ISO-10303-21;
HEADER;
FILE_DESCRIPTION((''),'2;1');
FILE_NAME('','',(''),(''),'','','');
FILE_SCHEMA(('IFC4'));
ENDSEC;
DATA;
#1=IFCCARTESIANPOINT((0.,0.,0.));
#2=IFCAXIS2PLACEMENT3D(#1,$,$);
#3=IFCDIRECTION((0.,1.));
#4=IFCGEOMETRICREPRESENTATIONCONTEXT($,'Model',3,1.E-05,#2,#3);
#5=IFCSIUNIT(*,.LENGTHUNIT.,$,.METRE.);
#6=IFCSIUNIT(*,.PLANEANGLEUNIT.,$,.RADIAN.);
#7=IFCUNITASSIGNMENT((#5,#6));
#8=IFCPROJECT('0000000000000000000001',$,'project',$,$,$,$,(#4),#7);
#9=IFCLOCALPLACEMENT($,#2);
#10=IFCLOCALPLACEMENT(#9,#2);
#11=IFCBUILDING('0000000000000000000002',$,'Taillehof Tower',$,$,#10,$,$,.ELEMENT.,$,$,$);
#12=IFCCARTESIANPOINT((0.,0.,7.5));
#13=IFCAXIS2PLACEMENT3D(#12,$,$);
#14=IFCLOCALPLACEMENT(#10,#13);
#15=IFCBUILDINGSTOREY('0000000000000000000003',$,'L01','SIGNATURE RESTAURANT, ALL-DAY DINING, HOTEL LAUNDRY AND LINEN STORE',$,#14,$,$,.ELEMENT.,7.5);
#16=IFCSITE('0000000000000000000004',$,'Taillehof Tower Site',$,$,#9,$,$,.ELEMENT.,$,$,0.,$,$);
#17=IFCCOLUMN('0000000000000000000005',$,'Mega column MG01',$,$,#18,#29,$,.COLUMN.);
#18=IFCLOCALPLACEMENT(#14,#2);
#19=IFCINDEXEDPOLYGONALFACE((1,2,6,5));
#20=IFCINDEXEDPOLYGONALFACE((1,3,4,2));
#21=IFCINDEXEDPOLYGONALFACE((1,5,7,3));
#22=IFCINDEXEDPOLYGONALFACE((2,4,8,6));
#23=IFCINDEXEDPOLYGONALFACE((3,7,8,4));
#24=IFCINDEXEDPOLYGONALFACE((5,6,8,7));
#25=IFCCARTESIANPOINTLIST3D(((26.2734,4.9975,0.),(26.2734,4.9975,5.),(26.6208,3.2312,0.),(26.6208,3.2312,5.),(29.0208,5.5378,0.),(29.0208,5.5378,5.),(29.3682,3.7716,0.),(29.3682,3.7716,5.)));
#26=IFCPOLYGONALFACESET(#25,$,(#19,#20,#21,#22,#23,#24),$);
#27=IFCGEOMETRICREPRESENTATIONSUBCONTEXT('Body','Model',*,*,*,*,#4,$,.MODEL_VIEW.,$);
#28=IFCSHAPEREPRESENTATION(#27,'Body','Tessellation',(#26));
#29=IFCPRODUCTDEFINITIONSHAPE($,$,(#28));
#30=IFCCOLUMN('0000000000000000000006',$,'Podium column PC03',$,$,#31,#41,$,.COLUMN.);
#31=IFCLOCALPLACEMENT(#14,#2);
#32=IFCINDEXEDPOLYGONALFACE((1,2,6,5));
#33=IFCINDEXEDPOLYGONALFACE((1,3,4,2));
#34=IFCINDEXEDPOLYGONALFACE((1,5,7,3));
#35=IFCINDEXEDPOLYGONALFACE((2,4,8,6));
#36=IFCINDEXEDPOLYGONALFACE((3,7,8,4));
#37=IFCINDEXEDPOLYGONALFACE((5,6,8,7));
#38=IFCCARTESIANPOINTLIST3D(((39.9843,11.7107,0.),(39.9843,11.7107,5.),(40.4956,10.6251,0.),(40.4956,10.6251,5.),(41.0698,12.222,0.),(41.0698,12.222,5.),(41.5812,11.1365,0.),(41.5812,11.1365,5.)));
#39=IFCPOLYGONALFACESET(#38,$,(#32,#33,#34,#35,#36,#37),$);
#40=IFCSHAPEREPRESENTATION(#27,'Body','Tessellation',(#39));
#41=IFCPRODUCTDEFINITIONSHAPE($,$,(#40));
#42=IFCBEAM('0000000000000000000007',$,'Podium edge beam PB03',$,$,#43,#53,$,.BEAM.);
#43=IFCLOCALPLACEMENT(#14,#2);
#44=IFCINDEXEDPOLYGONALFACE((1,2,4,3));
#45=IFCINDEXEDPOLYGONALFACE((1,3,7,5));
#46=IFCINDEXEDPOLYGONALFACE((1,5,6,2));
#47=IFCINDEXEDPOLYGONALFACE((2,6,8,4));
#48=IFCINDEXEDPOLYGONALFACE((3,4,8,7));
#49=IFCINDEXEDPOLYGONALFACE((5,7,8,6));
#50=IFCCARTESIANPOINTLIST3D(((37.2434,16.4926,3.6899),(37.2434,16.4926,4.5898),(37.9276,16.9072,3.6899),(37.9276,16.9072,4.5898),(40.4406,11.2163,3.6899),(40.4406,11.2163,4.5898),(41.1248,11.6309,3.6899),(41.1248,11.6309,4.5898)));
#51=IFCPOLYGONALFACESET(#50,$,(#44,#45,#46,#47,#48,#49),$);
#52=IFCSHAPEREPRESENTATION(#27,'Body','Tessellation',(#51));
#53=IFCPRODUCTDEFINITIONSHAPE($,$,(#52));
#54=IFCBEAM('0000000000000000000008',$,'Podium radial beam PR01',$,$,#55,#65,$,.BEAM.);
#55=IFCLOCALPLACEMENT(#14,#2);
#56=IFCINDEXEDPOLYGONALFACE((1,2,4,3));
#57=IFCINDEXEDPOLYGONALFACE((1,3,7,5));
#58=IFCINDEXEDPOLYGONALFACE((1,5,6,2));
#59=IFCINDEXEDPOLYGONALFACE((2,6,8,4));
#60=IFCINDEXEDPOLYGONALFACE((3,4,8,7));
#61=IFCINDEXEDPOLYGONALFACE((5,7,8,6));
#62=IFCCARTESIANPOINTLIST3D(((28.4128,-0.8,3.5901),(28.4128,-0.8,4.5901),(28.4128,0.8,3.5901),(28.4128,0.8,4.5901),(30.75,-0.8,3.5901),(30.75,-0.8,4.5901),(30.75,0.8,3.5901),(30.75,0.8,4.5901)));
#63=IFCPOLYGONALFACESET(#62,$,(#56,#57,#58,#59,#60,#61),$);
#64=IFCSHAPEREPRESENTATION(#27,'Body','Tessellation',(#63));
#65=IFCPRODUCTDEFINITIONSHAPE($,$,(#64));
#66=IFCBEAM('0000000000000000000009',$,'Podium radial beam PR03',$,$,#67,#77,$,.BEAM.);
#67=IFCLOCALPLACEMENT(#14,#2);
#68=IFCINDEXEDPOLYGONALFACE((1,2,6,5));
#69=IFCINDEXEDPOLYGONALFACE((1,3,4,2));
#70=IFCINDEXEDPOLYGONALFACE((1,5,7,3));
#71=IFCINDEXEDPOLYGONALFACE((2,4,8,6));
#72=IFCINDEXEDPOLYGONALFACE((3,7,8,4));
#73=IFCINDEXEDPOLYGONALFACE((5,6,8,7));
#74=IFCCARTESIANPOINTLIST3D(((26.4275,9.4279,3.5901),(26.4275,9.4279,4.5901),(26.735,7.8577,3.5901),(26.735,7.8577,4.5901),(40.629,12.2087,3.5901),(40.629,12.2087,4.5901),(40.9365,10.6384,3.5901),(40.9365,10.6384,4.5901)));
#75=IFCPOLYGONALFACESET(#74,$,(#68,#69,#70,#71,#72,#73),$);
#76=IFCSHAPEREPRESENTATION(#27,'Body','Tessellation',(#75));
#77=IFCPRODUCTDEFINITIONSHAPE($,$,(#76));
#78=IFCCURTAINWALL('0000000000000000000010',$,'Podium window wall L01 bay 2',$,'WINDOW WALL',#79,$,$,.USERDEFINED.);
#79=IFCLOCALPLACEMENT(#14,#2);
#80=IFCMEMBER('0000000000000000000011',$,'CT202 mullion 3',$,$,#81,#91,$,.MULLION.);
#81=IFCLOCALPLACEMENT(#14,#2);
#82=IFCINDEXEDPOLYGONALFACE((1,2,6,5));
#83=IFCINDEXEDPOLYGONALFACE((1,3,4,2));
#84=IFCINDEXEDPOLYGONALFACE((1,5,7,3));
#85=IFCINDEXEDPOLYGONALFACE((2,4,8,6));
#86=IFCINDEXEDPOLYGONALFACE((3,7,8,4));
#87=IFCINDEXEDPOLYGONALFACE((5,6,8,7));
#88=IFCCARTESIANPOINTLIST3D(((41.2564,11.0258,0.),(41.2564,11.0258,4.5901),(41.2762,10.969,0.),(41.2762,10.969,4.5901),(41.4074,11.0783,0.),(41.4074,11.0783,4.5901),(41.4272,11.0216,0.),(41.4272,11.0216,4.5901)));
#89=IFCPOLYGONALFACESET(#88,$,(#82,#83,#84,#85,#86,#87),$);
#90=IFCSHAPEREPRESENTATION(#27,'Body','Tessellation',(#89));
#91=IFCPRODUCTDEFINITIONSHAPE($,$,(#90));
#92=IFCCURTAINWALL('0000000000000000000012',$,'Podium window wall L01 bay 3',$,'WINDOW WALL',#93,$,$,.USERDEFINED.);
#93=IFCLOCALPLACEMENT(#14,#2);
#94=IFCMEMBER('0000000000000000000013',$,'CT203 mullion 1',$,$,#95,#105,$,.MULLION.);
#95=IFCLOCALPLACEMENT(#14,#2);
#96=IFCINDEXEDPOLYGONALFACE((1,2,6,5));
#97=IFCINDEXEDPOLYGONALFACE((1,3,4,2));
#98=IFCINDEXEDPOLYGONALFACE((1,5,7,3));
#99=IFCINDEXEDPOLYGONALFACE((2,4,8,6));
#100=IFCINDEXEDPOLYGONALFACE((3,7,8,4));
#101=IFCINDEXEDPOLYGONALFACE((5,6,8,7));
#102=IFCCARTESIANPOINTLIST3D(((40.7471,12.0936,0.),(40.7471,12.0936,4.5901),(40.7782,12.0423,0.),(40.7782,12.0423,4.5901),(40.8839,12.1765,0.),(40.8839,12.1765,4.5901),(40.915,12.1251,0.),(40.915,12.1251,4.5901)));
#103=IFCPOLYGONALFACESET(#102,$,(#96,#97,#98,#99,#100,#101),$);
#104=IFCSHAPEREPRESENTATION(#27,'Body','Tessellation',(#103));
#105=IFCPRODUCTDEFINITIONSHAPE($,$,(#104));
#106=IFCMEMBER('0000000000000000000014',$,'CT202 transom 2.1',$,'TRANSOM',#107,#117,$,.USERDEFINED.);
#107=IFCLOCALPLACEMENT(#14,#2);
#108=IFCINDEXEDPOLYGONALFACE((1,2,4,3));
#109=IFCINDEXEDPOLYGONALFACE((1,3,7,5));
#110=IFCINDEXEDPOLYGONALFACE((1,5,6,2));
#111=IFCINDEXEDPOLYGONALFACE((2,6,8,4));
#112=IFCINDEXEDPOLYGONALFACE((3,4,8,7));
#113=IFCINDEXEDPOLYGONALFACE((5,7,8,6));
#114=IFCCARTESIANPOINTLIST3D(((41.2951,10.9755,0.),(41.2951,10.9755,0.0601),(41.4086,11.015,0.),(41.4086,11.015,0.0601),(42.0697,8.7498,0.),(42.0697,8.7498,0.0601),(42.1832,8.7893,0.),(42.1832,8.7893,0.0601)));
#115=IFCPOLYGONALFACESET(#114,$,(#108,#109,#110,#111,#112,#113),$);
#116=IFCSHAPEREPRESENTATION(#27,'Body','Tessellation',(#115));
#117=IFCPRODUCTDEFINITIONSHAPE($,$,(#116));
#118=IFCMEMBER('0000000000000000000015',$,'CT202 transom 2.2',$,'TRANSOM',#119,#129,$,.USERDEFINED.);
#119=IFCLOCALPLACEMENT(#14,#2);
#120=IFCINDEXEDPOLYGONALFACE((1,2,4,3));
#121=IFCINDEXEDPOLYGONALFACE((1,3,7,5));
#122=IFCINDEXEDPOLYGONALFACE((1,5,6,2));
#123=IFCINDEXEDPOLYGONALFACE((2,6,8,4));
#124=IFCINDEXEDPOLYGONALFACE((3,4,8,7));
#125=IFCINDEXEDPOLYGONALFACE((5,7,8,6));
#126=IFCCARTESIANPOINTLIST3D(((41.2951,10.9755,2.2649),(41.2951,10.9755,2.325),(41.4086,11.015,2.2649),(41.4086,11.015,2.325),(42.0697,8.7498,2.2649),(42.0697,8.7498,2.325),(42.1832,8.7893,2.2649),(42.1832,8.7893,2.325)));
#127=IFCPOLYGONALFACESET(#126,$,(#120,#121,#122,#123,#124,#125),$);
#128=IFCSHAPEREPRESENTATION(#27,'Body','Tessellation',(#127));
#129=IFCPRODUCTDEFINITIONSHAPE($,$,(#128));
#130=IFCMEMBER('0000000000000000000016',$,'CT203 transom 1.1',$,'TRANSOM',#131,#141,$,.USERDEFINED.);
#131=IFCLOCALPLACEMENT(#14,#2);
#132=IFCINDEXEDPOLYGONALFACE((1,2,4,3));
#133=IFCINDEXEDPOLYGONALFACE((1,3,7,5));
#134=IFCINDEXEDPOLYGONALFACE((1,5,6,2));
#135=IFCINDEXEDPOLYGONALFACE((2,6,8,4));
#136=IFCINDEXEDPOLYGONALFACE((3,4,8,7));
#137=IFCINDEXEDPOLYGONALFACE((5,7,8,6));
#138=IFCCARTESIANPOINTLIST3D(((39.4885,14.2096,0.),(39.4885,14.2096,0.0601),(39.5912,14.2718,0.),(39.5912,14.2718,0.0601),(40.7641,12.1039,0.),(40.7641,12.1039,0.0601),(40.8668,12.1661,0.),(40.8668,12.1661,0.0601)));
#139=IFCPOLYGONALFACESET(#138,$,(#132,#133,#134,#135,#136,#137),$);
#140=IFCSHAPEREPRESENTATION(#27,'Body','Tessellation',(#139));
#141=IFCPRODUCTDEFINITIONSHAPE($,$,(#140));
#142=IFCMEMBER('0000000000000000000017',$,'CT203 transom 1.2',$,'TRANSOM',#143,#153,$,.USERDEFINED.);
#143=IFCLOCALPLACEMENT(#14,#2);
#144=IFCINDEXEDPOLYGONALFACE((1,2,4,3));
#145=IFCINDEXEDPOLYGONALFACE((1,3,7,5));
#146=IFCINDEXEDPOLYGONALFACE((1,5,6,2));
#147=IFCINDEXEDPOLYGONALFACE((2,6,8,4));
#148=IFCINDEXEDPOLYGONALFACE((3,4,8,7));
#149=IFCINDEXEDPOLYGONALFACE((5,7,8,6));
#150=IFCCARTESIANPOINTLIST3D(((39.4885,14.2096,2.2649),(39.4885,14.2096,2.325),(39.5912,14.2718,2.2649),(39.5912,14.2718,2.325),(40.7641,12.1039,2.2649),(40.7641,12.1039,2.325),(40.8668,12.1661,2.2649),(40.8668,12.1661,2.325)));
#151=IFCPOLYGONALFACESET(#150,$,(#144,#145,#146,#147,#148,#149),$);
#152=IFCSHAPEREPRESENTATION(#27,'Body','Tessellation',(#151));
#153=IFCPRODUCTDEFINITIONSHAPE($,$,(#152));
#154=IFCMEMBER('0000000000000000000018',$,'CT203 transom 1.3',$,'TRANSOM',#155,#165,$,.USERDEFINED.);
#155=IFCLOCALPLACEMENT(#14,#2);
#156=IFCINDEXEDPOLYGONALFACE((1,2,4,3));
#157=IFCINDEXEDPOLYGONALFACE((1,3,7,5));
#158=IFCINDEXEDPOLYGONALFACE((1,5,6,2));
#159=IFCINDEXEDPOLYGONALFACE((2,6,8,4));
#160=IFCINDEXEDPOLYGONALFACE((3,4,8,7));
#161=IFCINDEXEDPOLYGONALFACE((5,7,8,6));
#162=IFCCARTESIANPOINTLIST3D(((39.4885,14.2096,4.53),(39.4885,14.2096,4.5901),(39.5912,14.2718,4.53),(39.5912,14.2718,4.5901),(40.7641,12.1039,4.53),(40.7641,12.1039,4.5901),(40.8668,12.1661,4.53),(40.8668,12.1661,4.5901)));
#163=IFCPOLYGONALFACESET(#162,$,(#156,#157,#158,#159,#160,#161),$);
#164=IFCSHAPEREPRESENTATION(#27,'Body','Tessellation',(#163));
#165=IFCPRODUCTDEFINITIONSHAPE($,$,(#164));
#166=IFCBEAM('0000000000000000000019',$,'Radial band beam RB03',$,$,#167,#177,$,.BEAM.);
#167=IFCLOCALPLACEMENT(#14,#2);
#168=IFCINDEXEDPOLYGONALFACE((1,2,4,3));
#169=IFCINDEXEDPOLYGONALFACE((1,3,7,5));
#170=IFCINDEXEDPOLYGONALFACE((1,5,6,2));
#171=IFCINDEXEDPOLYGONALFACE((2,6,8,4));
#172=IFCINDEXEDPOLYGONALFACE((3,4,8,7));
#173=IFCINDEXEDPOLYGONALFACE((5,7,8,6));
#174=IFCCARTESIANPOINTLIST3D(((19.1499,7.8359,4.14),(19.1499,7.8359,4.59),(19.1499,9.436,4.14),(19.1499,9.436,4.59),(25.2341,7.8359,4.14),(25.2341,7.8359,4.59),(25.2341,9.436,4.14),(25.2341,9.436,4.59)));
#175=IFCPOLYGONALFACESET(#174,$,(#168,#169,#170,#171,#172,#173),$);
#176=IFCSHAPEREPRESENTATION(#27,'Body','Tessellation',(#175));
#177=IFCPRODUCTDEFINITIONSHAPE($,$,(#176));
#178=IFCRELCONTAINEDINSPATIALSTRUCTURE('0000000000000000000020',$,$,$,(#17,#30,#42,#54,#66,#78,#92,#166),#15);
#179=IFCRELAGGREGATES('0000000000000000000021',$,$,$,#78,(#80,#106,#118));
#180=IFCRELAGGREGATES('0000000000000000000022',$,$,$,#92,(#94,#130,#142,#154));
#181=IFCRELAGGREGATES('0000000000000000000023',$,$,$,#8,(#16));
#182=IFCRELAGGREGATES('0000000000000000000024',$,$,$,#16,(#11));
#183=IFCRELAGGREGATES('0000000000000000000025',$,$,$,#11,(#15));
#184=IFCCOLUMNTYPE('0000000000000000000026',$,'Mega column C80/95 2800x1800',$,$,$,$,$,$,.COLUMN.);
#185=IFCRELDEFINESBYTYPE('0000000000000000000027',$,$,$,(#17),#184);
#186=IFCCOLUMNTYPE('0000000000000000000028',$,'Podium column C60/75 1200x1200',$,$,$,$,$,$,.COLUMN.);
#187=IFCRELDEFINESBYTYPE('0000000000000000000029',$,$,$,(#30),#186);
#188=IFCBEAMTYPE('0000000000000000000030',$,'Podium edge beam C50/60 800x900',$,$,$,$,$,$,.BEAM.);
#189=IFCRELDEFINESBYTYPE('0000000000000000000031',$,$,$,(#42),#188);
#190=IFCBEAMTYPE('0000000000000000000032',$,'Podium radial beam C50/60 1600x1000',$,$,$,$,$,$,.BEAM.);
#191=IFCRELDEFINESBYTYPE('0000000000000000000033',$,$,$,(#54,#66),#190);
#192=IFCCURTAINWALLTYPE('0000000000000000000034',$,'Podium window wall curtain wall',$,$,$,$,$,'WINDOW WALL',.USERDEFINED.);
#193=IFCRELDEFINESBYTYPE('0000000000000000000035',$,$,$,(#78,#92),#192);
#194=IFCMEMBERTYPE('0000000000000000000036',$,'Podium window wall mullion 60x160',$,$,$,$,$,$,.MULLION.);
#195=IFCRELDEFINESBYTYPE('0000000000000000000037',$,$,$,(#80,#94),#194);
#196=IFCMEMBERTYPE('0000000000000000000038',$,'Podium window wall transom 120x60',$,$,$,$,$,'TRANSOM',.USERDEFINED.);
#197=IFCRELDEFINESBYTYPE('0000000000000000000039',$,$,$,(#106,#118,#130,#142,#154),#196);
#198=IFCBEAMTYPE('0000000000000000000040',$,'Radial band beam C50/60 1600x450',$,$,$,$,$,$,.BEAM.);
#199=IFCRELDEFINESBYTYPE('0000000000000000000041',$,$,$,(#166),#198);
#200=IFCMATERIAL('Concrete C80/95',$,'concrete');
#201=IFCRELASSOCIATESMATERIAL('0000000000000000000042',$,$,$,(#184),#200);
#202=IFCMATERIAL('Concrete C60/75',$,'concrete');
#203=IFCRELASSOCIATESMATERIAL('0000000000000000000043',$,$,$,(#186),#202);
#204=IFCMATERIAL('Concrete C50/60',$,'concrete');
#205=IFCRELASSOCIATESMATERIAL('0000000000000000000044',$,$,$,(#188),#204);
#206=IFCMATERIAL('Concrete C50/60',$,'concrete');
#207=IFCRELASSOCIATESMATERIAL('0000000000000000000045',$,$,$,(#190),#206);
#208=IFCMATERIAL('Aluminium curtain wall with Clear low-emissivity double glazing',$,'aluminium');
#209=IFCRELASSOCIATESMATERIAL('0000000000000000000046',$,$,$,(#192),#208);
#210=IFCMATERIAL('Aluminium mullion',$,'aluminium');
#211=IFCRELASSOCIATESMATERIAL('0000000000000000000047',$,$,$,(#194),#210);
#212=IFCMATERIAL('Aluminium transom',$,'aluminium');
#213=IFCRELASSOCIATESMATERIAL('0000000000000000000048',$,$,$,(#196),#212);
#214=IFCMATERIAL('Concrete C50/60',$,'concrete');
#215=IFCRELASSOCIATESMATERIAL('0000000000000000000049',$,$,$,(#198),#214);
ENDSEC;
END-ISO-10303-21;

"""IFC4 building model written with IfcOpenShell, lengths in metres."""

from ifc_helpers import new_model, si_unit, direction, frame, origin, origin_2d, place, context, subcontext, project, spatial, rectangle, extrude, material, material_profile, profile_set, type_object, element, aggregate, save


model = new_model("IFC4")

# Units and contexts
model_context = context("Model", 3, precision=1e-05, world=origin(), true_north=direction((0.0, 1.0)))
body_context = subcontext(model_context, "Body", "Model", "MODEL_VIEW")
ifc_project = project(units=[si_unit("LENGTHUNIT", "METRE"), si_unit("PLANEANGLEUNIT", "RADIAN")], contexts=[model_context])

# Site, building, storey
site_placement = place(None, origin())
site = spatial("IfcSite", under=ifc_project, at=site_placement, Name="Taillehof Tower Site", CompositionType="ELEMENT", RefElevation=0.0)
building_placement = place(site_placement, origin())
building = spatial("IfcBuilding", under=site, at=building_placement, Name="Taillehof Tower", CompositionType="ELEMENT")
storey_placement = place(building_placement, frame((0.0, 0.0, 7.5)))
storey = spatial("IfcBuildingStorey", under=building, at=storey_placement, Name="L01", Description="SIGNATURE RESTAURANT, ALL-DAY DINING, HOTEL LAUNDRY AND LINEN STORE", CompositionType="ELEMENT", Elevation=7.5)

# Columns
ifc_material_1 = material(Name="Concrete C80/95", Category="concrete")
ifc_material_profile_1 = material_profile(ifc_material_1, rectangle(XDim=2.8, YDim=1.8, at=origin_2d()), Name="RC 2800x1800")
ifc_profile_set_1 = profile_set([ifc_material_profile_1], Name="Concrete C80/95")
column_type_1 = type_object("IfcColumnType", Name="Mega column C80/95 2800x1800", PredefinedType="COLUMN", material=ifc_profile_set_1)
column_1_placement = place(storey_placement, frame((27.8208, 4.3845, 0.0), z_axis=(0.0, 0.0, 1.0), x_axis=(0.981204, 0.192976, 0.0)))
element("IfcColumn", 1, at=column_1_placement, inside=storey, type_object=column_type_1, Name="Mega column MG01", PredefinedType="COLUMN", context=body_context, shape_type="SweptSolid", body=[
    extrude(rectangle(XDim=2.8, YDim=1.8, at=origin_2d()), origin(), (0.0, 0.0, 1.0), 5.0),
])
ifc_material_2 = material(Name="Concrete C60/75", Category="concrete")
ifc_material_profile_2 = material_profile(ifc_material_2, rectangle(XDim=1.2, YDim=1.2, at=origin_2d()), Name="RC 1200x1200")
ifc_profile_set_2 = profile_set([ifc_material_profile_2], Name="Concrete C60/75")
column_type_2 = type_object("IfcColumnType", Name="Podium column C60/75 1200x1200", PredefinedType="COLUMN", material=ifc_profile_set_2)
column_2_placement = place(storey_placement, frame((40.7827, 11.4236, 0.0), z_axis=(0.0, 0.0, 1.0), x_axis=(0.904668, 0.426117, 0.0)))
element("IfcColumn", 2, at=column_2_placement, inside=storey, type_object=column_type_2, Name="Podium column PC03", PredefinedType="COLUMN", context=body_context, shape_type="SweptSolid", body=[
    extrude(rectangle(XDim=1.2, YDim=1.2, at=origin_2d()), origin(), (0.0, 0.0, 1.0), 5.0),
])

# Beams
ifc_material_3 = material(Name="Concrete C50/60", Category="concrete")
ifc_material_profile_3 = material_profile(ifc_material_3, rectangle(XDim=0.8, YDim=0.8999, at=origin_2d()), Name="RC 800x900")
ifc_profile_set_3 = profile_set([ifc_material_profile_3], Name="Concrete C50/60")
beam_type_1 = type_object("IfcBeamType", Name="Podium edge beam C50/60 800x900", PredefinedType="BEAM", material=ifc_profile_set_3)
beam_1_placement = place(storey_placement, frame((40.7827, 11.4236, 4.1399), z_axis=(-0.518239, 0.855236, 0.0), x_axis=(-0.855236, -0.518239, 0.0)))
element("IfcBeam", 3, at=beam_1_placement, inside=storey, type_object=beam_type_1, Name="Podium edge beam PB03", PredefinedType="BEAM", context=body_context, shape_type="SweptSolid", body=[
    extrude(rectangle(XDim=0.8, YDim=0.8999, at=origin_2d()), origin(), (0.0, 0.0, 1.0), 6.1694),
])
ifc_material_4 = material(Name="Concrete C50/60", Category="concrete")
ifc_material_profile_4 = material_profile(ifc_material_4, rectangle(XDim=1.6001, YDim=1.0, at=origin_2d()), Name="RC 1600x1000")
ifc_profile_set_4 = profile_set([ifc_material_profile_4], Name="Concrete C50/60")
beam_type_2 = type_object("IfcBeamType", Name="Podium radial beam C50/60 1600x1000", PredefinedType="BEAM", material=ifc_profile_set_4)
beam_2_placement = place(storey_placement, frame((30.75, 0.0, 4.0901), z_axis=(-1.0, 0.0, 0.0), x_axis=(0.0, -1.0, 0.0)))
element("IfcBeam", 4, at=beam_2_placement, inside=storey, type_object=beam_type_2, Name="Podium radial beam PR01", PredefinedType="BEAM", context=body_context, shape_type="SweptSolid", body=[
    extrude(rectangle(XDim=1.6001, YDim=1.0, at=origin_2d()), origin(), (0.0, 0.0, 1.0), 2.3372),
])
beam_3_placement = place(storey_placement, frame((40.7827, 11.4236, 4.0901), z_axis=(-0.981364, -0.19216, 0.0), x_axis=(0.19216, -0.981364, 0.0)))
element("IfcBeam", 5, at=beam_3_placement, inside=storey, type_object=beam_type_2, Name="Podium radial beam PR03", PredefinedType="BEAM", context=body_context, shape_type="SweptSolid", body=[
    extrude(rectangle(XDim=1.6001, YDim=1.0, at=origin_2d()), origin(), (0.0, 0.0, 1.0), 14.4712),
])

# Curtain walls, members
ifc_material_5 = material(Name="Aluminium curtain wall with Clear low-emissivity double glazing", Category="aluminium")
curtain_wall_type = type_object("IfcCurtainWallType", Name="Podium window wall curtain wall", ElementType="WINDOW WALL", PredefinedType="USERDEFINED", material=ifc_material_5)
curtain_wall_1_placement = place(storey_placement, origin())
curtain_wall_1 = element("IfcCurtainWall", 6, at=curtain_wall_1_placement, inside=storey, type_object=curtain_wall_type, Name="Podium window wall L01 bay 2", ObjectType="WINDOW WALL", PredefinedType="USERDEFINED")
ifc_material_6 = material(Name="Aluminium mullion", Category="aluminium")
ifc_material_profile_5 = material_profile(ifc_material_6, rectangle(XDim=0.1599, YDim=0.0601, at=origin_2d()), Name="AL 60x160")
ifc_profile_set_5 = profile_set([ifc_material_profile_5], Name="Aluminium mullion")
member_type_1 = type_object("IfcMemberType", Name="Podium window wall mullion 60x160", PredefinedType="MULLION", material=ifc_profile_set_5)
member_1_placement = place(storey_placement, frame((41.3418, 11.0237, 0.0), z_axis=(0.0, 0.0, 1.0), x_axis=(-0.944414, -0.328758, 0.0)))
member_1 = element("IfcMember", 7, at=member_1_placement, type_object=member_type_1, Name="CT202 mullion 3", PredefinedType="MULLION", context=body_context, shape_type="SweptSolid", body=[
    extrude(rectangle(XDim=0.1599, YDim=0.0601, at=origin_2d()), origin(), (0.0, 0.0, 1.0), 4.5901),
])
curtain_wall_2_placement = place(storey_placement, origin())
curtain_wall_2 = element("IfcCurtainWall", 8, at=curtain_wall_2_placement, inside=storey, type_object=curtain_wall_type, Name="Podium window wall L01 bay 3", ObjectType="WINDOW WALL", PredefinedType="USERDEFINED")
member_2_placement = place(storey_placement, frame((40.8311, 12.1094, 0.0), z_axis=(0.0, 0.0, 1.0), x_axis=(-0.855289, -0.518151, 0.0)))
member_2 = element("IfcMember", 9, at=member_2_placement, type_object=member_type_1, Name="CT203 mullion 1", PredefinedType="MULLION", context=body_context, shape_type="SweptSolid", body=[
    extrude(rectangle(XDim=0.1599, YDim=0.0601, at=origin_2d()), origin(), (0.0, 0.0, 1.0), 4.5901),
])

# Members
ifc_material_7 = material(Name="Aluminium transom", Category="aluminium")
ifc_material_profile_6 = material_profile(ifc_material_7, rectangle(XDim=0.1201, YDim=0.0601, at=origin_2d()), Name="AL 120x60")
ifc_profile_set_6 = profile_set([ifc_material_profile_6], Name="Aluminium transom")
member_type_2 = type_object("IfcMemberType", Name="Podium window wall transom 120x60", ElementType="TRANSOM", PredefinedType="USERDEFINED", material=ifc_profile_set_6)
member_3_placement = place(storey_placement, frame((42.1265, 8.7695, 0.03), z_axis=(-0.328693, 0.944437, 0.0), x_axis=(-0.944437, -0.328693, 0.0)))
member_3 = element("IfcMember", 10, at=member_3_placement, type_object=member_type_2, Name="CT202 transom 2.1", ObjectType="TRANSOM", PredefinedType="USERDEFINED", context=body_context, shape_type="SweptSolid", body=[
    extrude(rectangle(XDim=0.1201, YDim=0.0601, at=origin_2d()), origin(), (0.0, 0.0, 1.0), 2.3567),
])
member_4_placement = place(storey_placement, frame((42.1265, 8.7695, 2.2949), z_axis=(-0.328693, 0.944437, 0.0), x_axis=(-0.944437, -0.328693, 0.0)))
member_4 = element("IfcMember", 11, at=member_4_placement, type_object=member_type_2, Name="CT202 transom 2.2", ObjectType="TRANSOM", PredefinedType="USERDEFINED", context=body_context, shape_type="SweptSolid", body=[
    extrude(rectangle(XDim=0.1201, YDim=0.0601, at=origin_2d()), origin(), (0.0, 0.0, 1.0), 2.3567),
])
member_5_placement = place(storey_placement, frame((40.8154, 12.135, 0.03), z_axis=(-0.518137, 0.855298, 0.0), x_axis=(-0.855298, -0.518137, 0.0)))
member_5 = element("IfcMember", 12, at=member_5_placement, type_object=member_type_2, Name="CT203 transom 1.1", ObjectType="TRANSOM", PredefinedType="USERDEFINED", context=body_context, shape_type="SweptSolid", body=[
    extrude(rectangle(XDim=0.1201, YDim=0.0601, at=origin_2d()), origin(), (0.0, 0.0, 1.0), 2.4619),
])
member_6_placement = place(storey_placement, frame((40.8154, 12.135, 2.2949), z_axis=(-0.518137, 0.855298, 0.0), x_axis=(-0.855298, -0.518137, 0.0)))
member_6 = element("IfcMember", 13, at=member_6_placement, type_object=member_type_2, Name="CT203 transom 1.2", ObjectType="TRANSOM", PredefinedType="USERDEFINED", context=body_context, shape_type="SweptSolid", body=[
    extrude(rectangle(XDim=0.1201, YDim=0.0601, at=origin_2d()), origin(), (0.0, 0.0, 1.0), 2.4619),
])
member_7_placement = place(storey_placement, frame((40.8154, 12.135, 4.5601), z_axis=(-0.518137, 0.855298, 0.0), x_axis=(-0.855298, -0.518137, 0.0)))
member_7 = element("IfcMember", 14, at=member_7_placement, type_object=member_type_2, Name="CT203 transom 1.3", ObjectType="TRANSOM", PredefinedType="USERDEFINED", context=body_context, shape_type="SweptSolid", body=[
    extrude(rectangle(XDim=0.1201, YDim=0.0601, at=origin_2d()), origin(), (0.0, 0.0, 1.0), 2.4619),
])

# Beam
ifc_material_8 = material(Name="Concrete C50/60", Category="concrete")
ifc_material_profile_7 = material_profile(ifc_material_8, rectangle(XDim=1.6001, YDim=0.45, at=origin_2d()), Name="RC 1600x450")
ifc_profile_set_7 = profile_set([ifc_material_profile_7], Name="Concrete C50/60")
beam_type_3 = type_object("IfcBeamType", Name="Radial band beam C50/60 1600x450", PredefinedType="BEAM", material=ifc_profile_set_7)
beam_4_placement = place(storey_placement, frame((25.2341, 8.636, 4.365), z_axis=(-1.0, 0.0, 0.0), x_axis=(0.0, -1.0, 0.0)))
element("IfcBeam", 15, at=beam_4_placement, inside=storey, type_object=beam_type_3, Name="Radial band beam RB03", PredefinedType="BEAM", context=body_context, shape_type="SweptSolid", body=[
    extrude(rectangle(XDim=1.6001, YDim=0.45, at=origin_2d()), origin(), (0.0, 0.0, 1.0), 6.0842),
])

aggregate(curtain_wall_1, [member_1, member_3, member_4])
aggregate(curtain_wall_2, [member_2, member_5, member_6, member_7])

save(model, "model.ifc")
